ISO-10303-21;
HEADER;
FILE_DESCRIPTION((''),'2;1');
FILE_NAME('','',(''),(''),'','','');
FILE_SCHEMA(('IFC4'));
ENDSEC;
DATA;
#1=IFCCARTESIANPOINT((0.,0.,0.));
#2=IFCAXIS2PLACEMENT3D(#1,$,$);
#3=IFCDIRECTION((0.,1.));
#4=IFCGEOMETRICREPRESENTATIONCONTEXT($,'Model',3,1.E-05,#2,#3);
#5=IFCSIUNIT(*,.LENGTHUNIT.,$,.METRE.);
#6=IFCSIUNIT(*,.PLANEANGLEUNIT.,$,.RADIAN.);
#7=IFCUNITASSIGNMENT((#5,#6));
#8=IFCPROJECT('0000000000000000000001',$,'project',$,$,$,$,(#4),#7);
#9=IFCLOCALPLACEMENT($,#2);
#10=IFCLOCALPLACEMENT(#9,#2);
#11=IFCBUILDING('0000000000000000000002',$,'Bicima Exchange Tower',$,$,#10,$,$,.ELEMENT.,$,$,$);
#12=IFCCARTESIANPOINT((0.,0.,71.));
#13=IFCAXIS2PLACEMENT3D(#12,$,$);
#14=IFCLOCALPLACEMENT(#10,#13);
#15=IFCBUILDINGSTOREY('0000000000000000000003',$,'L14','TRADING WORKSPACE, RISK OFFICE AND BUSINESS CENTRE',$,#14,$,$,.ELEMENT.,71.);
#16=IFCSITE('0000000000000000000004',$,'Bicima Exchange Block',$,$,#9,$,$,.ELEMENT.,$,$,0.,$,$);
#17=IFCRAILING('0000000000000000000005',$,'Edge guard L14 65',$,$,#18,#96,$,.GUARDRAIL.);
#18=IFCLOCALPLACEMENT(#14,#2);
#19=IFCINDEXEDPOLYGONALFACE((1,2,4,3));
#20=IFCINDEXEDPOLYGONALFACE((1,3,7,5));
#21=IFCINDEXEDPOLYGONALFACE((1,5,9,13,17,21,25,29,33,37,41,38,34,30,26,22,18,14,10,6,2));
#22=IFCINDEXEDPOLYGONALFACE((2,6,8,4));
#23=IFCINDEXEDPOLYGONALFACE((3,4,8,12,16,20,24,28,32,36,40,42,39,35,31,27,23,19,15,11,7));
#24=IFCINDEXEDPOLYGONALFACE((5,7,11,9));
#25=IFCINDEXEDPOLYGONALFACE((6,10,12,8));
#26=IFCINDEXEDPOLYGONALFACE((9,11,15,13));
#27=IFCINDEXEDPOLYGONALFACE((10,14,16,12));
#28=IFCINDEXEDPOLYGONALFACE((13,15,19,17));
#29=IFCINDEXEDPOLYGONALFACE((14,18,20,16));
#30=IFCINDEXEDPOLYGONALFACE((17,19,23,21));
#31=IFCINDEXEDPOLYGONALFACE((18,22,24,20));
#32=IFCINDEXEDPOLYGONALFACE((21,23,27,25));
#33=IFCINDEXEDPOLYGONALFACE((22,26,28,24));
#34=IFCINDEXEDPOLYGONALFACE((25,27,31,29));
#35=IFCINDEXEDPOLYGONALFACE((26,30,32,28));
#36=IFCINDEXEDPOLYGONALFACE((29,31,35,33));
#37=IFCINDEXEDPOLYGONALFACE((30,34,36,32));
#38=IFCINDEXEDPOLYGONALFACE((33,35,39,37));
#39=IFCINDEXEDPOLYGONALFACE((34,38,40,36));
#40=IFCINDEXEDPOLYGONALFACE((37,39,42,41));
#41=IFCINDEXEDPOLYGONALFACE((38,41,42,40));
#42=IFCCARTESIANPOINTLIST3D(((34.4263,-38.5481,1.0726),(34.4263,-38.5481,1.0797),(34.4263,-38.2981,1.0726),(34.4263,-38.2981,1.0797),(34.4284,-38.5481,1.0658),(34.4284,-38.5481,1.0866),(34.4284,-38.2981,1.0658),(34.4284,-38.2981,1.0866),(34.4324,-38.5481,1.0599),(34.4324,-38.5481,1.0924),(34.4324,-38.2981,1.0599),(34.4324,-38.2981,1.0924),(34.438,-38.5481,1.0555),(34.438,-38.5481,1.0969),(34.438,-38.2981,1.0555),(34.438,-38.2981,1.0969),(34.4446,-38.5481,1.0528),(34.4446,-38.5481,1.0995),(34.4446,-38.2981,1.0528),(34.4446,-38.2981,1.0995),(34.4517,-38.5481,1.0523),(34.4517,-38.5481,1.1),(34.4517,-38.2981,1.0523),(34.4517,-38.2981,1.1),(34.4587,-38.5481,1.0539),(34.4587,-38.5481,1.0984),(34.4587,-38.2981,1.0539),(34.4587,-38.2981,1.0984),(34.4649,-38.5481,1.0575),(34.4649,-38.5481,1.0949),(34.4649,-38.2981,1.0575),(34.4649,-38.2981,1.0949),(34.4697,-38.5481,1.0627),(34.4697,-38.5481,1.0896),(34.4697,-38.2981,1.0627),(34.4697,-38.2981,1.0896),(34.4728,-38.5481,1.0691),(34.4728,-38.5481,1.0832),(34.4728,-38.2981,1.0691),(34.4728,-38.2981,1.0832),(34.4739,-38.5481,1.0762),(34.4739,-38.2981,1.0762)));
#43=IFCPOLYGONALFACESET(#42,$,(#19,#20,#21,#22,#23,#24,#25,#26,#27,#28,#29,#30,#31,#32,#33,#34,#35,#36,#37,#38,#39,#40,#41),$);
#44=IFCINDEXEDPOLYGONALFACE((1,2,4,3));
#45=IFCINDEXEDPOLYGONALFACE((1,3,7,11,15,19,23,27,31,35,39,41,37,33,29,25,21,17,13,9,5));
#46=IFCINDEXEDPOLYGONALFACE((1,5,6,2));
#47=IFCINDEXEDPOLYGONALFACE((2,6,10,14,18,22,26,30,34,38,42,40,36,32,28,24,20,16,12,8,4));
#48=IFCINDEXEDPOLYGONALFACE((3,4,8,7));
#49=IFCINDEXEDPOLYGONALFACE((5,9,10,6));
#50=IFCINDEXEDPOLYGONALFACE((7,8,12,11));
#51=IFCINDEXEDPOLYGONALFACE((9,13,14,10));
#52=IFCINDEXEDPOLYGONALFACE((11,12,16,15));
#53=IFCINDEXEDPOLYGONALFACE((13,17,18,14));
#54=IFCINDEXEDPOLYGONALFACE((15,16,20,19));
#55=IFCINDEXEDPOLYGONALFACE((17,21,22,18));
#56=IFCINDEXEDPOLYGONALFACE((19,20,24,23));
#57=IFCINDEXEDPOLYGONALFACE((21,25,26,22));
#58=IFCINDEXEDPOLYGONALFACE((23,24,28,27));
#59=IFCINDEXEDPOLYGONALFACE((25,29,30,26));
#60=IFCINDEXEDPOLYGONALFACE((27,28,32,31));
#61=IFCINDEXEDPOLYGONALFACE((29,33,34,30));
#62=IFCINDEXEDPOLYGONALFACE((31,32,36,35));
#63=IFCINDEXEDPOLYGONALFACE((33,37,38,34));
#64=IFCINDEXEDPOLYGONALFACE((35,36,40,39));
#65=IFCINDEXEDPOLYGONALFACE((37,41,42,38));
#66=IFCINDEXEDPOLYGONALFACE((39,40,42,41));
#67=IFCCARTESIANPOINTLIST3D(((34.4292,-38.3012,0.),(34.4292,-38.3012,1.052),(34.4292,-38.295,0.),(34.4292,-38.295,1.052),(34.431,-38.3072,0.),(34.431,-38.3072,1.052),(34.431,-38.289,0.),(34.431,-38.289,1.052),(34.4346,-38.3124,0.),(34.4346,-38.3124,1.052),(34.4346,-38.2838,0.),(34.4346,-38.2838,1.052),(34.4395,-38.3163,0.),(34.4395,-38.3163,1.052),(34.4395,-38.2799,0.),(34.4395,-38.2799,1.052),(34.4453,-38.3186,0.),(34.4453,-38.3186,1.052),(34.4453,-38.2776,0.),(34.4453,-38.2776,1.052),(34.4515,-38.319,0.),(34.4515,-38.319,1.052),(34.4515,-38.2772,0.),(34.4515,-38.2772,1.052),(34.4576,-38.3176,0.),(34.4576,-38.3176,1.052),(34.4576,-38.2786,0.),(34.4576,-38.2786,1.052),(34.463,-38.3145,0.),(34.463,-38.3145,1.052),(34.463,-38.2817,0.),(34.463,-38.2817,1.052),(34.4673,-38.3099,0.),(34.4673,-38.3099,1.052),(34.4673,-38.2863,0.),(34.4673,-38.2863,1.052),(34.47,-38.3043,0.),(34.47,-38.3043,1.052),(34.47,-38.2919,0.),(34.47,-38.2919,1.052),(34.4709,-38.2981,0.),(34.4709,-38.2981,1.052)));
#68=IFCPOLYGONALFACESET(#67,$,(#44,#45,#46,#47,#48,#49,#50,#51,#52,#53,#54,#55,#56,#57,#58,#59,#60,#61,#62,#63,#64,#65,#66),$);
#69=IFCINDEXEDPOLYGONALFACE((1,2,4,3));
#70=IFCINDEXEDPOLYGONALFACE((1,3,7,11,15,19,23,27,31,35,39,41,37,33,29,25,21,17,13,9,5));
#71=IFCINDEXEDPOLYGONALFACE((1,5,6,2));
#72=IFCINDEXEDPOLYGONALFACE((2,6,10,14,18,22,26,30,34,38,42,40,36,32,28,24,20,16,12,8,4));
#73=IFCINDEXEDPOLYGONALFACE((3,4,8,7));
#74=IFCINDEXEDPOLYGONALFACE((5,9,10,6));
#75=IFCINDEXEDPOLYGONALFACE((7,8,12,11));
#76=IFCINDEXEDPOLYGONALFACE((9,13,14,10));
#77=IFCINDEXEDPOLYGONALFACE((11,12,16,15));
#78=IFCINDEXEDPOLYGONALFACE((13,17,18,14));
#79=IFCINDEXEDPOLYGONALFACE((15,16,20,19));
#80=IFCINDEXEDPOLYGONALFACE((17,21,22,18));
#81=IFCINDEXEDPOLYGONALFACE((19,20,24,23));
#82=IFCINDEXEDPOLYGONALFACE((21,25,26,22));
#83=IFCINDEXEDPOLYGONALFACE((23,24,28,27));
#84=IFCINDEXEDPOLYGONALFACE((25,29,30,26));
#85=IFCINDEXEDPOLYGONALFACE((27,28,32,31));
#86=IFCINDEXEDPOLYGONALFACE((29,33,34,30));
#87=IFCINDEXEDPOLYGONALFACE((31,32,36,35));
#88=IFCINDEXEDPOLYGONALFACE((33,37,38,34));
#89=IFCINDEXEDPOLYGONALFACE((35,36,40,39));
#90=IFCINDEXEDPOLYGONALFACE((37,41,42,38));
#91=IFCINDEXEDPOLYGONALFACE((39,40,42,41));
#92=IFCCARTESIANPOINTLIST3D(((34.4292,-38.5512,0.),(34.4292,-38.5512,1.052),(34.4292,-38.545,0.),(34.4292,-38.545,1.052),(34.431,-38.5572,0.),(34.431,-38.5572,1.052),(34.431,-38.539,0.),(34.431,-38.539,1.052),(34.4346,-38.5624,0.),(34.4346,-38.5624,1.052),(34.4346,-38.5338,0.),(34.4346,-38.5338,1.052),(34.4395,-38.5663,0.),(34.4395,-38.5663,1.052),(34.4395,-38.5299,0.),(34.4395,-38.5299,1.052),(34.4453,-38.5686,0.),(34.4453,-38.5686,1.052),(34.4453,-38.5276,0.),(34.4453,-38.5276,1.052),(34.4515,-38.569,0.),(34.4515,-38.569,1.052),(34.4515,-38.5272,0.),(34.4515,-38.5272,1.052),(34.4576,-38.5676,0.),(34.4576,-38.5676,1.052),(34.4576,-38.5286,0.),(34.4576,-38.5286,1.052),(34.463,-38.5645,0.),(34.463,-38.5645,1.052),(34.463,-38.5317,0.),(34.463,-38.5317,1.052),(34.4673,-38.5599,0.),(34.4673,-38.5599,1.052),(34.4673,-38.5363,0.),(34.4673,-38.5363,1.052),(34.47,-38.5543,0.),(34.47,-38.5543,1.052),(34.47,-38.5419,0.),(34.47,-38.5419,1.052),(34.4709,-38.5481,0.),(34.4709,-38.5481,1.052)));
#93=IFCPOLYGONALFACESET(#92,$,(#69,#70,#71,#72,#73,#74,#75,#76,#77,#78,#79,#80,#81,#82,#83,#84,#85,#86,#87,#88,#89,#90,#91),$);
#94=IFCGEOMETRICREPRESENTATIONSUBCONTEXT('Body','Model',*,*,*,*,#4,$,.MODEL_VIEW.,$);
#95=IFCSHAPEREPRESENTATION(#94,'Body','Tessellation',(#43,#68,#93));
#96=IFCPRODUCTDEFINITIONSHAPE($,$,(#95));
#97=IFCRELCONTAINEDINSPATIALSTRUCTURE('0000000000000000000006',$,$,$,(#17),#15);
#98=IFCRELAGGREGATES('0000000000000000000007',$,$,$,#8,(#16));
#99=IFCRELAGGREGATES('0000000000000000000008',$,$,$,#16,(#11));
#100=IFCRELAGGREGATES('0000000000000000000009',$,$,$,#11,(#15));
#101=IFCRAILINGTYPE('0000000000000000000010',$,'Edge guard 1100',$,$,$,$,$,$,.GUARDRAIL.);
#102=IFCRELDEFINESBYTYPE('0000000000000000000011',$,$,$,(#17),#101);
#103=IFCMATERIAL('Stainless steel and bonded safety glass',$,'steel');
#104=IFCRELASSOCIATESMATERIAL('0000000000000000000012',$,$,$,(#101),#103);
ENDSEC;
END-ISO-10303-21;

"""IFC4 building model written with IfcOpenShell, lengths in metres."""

from ifc_helpers import new_model, si_unit, direction, frame, origin, origin_2d, place, context, subcontext, project, spatial, circle, extrude, material, type_object, element, save


model = new_model("IFC4")

# Units and contexts
model_context = context("Model", 3, precision=1e-05, world=origin(), true_north=direction((0.0, 1.0)))
body_context = subcontext(model_context, "Body", "Model", "MODEL_VIEW")
ifc_project = project(units=[si_unit("LENGTHUNIT", "METRE"), si_unit("PLANEANGLEUNIT", "RADIAN")], contexts=[model_context])

# Site, building, storey
site_placement = place(None, origin())
site = spatial("IfcSite", under=ifc_project, at=site_placement, Name="Bicima Exchange Block", CompositionType="ELEMENT", RefElevation=0.0)
building_placement = place(site_placement, origin())
building = spatial("IfcBuilding", under=site, at=building_placement, Name="Bicima Exchange Tower", CompositionType="ELEMENT")
storey_placement = place(building_placement, frame((0.0, 0.0, 71.0)))
storey = spatial("IfcBuildingStorey", under=building, at=storey_placement, Name="L14", Description="TRADING WORKSPACE, RISK OFFICE AND BUSINESS CENTRE", CompositionType="ELEMENT", Elevation=71.0)

# Railing
ifc_material_1 = material(Name="Stainless steel and bonded safety glass", Category="steel")
railing_type = type_object("IfcRailingType", Name="Edge guard 1100", PredefinedType="GUARDRAIL", material=ifc_material_1)
railing_1_placement = place(storey_placement, frame((34.45, -38.2981, 0.0)))
element("IfcRailing", 1, at=railing_1_placement, inside=storey, type_object=railing_type, Name="Edge guard L14 65", PredefinedType="GUARDRAIL", context=body_context, shape_type="SweptSolid", body=[
    extrude(circle(Radius=0.0239, at=origin_2d()), frame((0.0, 0.0, 1.0762), z_axis=(0.0, -1.0, 0.0), x_axis=(1.0, 0.0, 0.0)), (0.0, 0.0, 1.0), 0.25),
    extrude(circle(Radius=0.021, at=origin_2d()), origin(), (0.0, 0.0, 1.0), 1.052),
    extrude(circle(Radius=0.021, at=origin_2d()), frame((0.0, -0.25, 0.0)), (0.0, 0.0, 1.0), 1.052),
])

save(model, "model.ifc")
